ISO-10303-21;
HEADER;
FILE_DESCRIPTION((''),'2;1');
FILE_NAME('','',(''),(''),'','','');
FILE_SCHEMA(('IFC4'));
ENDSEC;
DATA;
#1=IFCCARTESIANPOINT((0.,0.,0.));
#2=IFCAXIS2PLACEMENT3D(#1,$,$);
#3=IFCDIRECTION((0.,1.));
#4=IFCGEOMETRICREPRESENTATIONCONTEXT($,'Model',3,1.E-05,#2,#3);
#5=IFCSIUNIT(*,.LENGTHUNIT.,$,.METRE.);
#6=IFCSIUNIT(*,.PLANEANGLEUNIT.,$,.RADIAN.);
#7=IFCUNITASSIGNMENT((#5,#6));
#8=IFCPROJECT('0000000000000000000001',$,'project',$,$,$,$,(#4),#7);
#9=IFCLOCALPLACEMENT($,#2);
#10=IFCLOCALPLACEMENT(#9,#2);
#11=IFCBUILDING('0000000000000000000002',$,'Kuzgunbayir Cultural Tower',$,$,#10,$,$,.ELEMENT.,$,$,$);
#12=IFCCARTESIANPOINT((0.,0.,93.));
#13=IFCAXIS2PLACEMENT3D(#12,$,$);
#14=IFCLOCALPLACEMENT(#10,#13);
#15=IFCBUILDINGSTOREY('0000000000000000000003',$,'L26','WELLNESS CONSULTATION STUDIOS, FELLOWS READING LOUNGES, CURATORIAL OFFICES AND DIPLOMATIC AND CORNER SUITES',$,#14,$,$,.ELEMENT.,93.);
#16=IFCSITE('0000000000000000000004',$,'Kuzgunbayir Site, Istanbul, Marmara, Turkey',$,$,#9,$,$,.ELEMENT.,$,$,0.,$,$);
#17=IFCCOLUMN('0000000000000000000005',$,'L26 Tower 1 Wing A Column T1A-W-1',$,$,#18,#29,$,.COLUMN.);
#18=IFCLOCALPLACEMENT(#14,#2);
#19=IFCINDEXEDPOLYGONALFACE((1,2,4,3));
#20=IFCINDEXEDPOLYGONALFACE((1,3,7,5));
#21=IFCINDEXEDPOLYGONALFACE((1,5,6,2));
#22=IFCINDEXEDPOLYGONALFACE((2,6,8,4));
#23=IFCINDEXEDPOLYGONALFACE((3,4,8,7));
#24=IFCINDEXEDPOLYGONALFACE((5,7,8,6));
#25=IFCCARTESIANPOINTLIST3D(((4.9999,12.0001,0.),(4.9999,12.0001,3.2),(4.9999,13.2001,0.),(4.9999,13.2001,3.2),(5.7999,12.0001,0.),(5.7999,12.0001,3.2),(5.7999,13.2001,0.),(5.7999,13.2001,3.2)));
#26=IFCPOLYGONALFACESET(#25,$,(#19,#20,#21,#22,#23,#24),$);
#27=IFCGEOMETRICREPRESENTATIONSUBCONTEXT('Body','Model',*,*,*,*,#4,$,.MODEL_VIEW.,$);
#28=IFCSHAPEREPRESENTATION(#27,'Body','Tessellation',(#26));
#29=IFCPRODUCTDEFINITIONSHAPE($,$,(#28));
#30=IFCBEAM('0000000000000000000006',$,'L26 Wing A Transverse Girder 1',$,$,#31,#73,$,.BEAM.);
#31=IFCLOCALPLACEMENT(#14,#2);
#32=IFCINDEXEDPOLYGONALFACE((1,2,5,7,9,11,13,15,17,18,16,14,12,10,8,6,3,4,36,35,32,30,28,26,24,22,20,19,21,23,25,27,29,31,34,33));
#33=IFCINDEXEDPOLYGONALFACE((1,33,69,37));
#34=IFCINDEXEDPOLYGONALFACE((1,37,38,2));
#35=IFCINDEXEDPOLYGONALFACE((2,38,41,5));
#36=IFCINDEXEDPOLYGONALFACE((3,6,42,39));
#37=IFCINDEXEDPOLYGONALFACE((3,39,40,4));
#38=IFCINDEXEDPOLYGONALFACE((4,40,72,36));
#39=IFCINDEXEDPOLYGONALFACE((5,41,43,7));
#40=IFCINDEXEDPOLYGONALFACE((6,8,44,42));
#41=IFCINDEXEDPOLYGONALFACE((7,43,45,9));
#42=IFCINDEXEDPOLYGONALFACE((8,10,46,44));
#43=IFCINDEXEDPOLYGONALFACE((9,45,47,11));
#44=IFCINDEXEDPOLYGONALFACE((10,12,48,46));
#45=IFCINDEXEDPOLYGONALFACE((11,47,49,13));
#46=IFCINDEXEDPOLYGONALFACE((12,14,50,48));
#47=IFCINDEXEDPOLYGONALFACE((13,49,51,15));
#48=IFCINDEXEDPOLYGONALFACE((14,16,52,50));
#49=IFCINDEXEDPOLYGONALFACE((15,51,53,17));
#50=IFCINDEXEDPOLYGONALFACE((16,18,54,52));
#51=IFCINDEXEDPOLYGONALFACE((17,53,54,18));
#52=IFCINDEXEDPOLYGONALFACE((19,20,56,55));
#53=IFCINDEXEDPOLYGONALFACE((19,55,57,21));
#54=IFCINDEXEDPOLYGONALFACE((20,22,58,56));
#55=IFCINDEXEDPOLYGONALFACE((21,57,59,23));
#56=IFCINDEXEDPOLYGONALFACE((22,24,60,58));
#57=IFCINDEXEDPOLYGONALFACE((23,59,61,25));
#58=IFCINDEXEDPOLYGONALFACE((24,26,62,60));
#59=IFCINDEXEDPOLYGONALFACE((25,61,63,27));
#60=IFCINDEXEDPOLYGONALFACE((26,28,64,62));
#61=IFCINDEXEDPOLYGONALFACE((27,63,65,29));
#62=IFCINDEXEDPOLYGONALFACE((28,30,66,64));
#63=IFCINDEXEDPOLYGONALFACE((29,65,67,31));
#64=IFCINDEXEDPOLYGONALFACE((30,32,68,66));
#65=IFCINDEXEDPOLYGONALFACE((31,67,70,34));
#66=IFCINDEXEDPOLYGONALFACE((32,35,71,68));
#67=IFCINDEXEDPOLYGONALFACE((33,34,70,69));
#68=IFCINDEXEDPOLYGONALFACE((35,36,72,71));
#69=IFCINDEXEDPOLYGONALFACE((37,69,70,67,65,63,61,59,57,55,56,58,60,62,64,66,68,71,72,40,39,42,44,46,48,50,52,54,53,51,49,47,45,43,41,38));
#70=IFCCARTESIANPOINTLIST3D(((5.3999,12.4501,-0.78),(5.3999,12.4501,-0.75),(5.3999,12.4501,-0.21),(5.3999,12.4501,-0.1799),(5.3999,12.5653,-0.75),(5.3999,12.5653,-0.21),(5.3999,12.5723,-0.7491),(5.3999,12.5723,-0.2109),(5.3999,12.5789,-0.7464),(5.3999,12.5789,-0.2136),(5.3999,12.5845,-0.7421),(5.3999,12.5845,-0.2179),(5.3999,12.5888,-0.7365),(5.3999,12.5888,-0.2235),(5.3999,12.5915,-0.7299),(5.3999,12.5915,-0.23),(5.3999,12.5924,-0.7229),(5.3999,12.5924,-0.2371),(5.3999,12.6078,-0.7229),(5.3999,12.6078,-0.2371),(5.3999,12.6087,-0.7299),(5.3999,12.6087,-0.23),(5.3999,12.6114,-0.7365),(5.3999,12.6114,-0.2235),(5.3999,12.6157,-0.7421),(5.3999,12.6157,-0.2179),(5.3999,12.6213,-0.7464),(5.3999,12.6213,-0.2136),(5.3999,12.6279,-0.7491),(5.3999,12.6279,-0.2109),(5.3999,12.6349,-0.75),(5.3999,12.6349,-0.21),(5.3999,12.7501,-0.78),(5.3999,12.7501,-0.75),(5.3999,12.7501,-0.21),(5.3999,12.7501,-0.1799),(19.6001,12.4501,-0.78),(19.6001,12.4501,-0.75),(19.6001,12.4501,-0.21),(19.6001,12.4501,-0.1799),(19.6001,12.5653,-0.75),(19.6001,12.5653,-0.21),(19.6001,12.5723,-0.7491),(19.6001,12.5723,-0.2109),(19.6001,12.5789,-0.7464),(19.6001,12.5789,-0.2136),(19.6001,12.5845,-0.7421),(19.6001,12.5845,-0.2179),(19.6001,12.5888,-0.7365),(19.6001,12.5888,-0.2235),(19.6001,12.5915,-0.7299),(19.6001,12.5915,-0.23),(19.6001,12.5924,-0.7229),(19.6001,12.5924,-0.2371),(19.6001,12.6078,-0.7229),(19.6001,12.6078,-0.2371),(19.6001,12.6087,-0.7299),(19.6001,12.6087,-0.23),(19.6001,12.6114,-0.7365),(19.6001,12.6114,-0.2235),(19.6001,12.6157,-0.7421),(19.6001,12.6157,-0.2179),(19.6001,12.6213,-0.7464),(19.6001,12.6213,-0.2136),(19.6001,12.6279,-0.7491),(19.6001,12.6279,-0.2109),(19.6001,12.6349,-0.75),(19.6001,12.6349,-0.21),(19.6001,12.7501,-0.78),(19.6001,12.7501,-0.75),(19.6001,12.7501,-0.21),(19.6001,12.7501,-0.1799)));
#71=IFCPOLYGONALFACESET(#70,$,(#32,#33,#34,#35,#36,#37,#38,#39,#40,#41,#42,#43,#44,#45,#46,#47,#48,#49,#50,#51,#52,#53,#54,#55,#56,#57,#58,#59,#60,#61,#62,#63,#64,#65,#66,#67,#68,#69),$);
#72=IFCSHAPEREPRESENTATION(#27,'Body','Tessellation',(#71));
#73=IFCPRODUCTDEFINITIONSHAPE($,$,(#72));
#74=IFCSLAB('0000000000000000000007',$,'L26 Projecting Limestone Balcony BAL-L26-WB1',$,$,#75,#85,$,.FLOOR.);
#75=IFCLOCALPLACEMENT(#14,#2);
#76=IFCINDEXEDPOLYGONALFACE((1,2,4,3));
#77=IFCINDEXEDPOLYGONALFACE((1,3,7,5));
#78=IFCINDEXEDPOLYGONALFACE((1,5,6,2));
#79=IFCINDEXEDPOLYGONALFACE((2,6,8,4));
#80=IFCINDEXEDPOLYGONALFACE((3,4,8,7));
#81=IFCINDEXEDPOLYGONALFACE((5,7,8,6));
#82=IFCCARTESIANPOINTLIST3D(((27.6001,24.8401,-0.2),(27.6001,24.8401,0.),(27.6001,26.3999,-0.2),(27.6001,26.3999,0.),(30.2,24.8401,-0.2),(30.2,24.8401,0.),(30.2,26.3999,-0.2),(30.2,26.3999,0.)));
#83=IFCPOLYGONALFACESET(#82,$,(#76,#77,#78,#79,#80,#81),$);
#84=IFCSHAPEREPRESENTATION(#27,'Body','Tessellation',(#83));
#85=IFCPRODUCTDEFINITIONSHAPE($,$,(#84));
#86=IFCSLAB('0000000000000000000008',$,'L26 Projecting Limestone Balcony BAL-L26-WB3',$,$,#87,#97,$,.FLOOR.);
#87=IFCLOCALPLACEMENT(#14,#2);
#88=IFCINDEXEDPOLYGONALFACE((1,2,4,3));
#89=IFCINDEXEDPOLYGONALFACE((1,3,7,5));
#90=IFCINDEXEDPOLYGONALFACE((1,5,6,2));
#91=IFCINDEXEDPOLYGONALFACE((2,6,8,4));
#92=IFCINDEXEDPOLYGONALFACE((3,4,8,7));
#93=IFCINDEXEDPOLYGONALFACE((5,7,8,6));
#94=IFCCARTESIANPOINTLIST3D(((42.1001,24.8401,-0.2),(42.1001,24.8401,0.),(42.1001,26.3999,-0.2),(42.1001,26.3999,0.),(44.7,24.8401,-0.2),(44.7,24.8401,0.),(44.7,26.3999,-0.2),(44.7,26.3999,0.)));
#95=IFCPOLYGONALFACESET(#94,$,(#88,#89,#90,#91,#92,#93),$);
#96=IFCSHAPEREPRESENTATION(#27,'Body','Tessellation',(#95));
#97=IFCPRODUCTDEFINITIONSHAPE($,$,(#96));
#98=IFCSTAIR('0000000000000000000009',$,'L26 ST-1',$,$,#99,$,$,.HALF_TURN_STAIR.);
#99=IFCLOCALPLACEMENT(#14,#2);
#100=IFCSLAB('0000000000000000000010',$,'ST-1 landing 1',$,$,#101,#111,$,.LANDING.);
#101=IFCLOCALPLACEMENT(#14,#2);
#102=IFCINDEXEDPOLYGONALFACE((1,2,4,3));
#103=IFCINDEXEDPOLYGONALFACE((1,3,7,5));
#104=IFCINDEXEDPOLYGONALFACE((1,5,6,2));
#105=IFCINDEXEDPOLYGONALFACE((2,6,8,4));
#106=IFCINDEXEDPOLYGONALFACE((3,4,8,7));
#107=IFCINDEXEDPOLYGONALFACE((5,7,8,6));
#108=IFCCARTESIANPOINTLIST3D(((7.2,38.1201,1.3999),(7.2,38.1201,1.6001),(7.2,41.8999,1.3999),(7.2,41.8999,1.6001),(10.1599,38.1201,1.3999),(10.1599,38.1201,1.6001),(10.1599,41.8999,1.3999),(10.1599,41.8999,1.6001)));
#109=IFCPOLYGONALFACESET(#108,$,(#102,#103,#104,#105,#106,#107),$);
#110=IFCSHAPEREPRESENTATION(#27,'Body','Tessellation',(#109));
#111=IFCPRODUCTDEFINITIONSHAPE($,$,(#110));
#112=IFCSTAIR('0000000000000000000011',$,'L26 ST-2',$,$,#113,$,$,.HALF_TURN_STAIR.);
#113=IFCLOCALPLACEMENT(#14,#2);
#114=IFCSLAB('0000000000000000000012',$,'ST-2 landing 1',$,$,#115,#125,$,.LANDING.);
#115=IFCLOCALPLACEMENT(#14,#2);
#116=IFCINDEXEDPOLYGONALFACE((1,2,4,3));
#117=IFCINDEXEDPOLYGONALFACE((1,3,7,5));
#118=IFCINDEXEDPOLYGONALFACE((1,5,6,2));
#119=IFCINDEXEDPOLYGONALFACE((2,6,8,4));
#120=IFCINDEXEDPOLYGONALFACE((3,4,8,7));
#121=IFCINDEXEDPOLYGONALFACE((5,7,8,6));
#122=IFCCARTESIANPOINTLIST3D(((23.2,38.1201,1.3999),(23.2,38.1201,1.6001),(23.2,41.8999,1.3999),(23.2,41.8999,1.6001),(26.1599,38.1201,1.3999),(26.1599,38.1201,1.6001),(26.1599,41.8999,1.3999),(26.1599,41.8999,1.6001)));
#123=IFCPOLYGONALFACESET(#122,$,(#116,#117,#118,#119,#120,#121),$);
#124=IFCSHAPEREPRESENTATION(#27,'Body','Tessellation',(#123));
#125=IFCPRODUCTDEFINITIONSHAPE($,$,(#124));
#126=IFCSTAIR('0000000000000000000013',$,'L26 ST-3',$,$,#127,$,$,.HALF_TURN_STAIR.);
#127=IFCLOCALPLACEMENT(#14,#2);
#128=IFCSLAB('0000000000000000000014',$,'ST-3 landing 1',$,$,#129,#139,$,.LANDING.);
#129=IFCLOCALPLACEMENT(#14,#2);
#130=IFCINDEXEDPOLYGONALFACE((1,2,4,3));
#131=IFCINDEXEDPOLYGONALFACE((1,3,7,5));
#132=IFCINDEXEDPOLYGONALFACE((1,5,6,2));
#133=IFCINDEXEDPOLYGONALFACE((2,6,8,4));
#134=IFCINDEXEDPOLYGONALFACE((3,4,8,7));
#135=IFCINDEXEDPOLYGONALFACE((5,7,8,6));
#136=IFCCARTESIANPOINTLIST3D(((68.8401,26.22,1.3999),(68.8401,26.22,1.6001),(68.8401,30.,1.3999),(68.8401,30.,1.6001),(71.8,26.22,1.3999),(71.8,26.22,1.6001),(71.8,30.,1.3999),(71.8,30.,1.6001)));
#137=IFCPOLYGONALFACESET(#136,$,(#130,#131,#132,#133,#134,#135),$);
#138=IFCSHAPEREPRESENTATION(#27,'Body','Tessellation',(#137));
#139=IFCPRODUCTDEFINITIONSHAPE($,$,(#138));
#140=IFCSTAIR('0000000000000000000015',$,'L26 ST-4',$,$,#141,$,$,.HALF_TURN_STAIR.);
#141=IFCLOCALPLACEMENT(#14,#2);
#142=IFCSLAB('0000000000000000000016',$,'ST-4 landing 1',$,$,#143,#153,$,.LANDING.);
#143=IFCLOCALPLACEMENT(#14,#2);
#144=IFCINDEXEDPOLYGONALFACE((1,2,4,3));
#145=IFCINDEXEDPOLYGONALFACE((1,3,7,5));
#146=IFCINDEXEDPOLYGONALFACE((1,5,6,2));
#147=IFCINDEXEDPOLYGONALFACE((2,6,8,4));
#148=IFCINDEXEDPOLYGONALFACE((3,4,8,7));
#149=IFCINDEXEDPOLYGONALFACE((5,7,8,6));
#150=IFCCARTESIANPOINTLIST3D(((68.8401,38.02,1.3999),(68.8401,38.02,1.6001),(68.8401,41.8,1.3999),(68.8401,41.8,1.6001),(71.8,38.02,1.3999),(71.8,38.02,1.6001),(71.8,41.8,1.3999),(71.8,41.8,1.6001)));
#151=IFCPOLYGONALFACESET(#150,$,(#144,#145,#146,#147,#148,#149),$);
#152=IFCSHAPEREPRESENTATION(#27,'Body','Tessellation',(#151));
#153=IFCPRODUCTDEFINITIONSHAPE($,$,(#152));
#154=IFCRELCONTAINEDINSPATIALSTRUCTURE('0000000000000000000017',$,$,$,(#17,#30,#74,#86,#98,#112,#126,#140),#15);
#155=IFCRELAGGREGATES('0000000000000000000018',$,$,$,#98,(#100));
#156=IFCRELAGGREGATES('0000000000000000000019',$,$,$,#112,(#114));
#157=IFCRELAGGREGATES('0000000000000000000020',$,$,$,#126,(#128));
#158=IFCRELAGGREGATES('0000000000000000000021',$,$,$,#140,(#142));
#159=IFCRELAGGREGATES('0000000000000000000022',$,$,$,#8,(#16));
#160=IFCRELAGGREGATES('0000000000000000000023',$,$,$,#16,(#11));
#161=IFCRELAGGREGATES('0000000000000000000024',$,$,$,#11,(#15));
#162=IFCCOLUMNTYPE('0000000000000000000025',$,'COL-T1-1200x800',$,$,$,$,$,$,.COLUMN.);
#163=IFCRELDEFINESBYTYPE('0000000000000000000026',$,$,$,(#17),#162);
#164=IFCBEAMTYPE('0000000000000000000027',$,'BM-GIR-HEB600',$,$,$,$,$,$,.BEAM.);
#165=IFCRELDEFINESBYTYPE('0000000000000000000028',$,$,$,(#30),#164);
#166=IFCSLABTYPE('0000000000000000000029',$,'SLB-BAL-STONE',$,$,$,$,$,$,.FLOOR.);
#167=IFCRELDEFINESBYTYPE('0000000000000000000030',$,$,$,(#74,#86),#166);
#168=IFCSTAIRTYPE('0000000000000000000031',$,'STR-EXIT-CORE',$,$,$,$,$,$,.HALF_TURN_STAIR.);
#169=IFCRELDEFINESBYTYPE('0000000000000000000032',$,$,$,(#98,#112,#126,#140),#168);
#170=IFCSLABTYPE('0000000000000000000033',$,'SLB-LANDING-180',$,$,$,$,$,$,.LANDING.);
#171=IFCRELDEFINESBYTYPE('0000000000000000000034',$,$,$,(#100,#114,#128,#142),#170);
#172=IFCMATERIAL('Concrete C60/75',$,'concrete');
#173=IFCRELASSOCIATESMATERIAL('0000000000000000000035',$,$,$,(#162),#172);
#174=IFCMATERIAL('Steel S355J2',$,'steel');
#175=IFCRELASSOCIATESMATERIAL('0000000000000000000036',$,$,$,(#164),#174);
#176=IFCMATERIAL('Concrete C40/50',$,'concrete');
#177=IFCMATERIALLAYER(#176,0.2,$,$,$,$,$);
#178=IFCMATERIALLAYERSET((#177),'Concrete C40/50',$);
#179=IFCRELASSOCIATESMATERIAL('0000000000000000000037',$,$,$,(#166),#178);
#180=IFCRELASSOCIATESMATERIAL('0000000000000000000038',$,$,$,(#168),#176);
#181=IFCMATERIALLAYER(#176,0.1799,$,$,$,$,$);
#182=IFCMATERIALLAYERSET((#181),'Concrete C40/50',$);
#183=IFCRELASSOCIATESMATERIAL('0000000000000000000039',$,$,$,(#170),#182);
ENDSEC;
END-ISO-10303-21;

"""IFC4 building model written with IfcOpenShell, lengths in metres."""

from ifc_helpers import new_model, si_unit, direction, frame, origin, origin_2d, place, context, subcontext, project, spatial, polyline, rectangle, i_section, outline, extrude, material, layer, layer_set, material_profile, profile_set, type_object, element, aggregate, save


model = new_model("IFC4")

# Units and contexts
model_context = context("Model", 3, precision=1e-05, world=origin(), true_north=direction((0.0, 1.0)))
body_context = subcontext(model_context, "Body", "Model", "MODEL_VIEW")
ifc_project = project(units=[si_unit("LENGTHUNIT", "METRE"), si_unit("PLANEANGLEUNIT", "RADIAN")], contexts=[model_context])

# Site, building, storey
site_placement = place(None, origin())
site = spatial("IfcSite", under=ifc_project, at=site_placement, Name="Kuzgunbayir Site, Istanbul, Marmara, Turkey", CompositionType="ELEMENT", RefElevation=0.0)
building_placement = place(site_placement, origin())
building = spatial("IfcBuilding", under=site, at=building_placement, Name="Kuzgunbayir Cultural Tower", CompositionType="ELEMENT")
storey_placement = place(building_placement, frame((0.0, 0.0, 93.0)))
storey = spatial("IfcBuildingStorey", under=building, at=storey_placement, Name="L26", Description="WELLNESS CONSULTATION STUDIOS, FELLOWS READING LOUNGES, CURATORIAL OFFICES AND DIPLOMATIC AND CORNER SUITES", CompositionType="ELEMENT", Elevation=93.0)

# Column
ifc_material_1 = material(Name="Concrete C60/75", Category="concrete")
ifc_material_profile_1 = material_profile(ifc_material_1, rectangle(XDim=0.8, YDim=1.2, at=origin_2d()), Name="RC 1200x800")
ifc_profile_set_1 = profile_set([ifc_material_profile_1], Name="Concrete C60/75")
column_type = type_object("IfcColumnType", Name="COL-T1-1200x800", PredefinedType="COLUMN", material=ifc_profile_set_1)
column_placement = place(storey_placement, frame((5.3999, 12.6001, 0.0), z_axis=(0.0, 0.0, 1.0), x_axis=(1.0, 0.0, 0.0)))
element("IfcColumn", 1, at=column_placement, inside=storey, type_object=column_type, Name="L26 Tower 1 Wing A Column T1A-W-1", PredefinedType="COLUMN", context=body_context, shape_type="SweptSolid", body=[
    extrude(rectangle(XDim=0.8, YDim=1.2, at=origin_2d()), origin(), (0.0, 0.0, 1.0), 3.2),
])

# Beam
ifc_material_2 = material(Name="Steel S355J2", Category="steel")
ifc_material_profile_2 = material_profile(ifc_material_2, i_section(OverallWidth=0.3, OverallDepth=0.6001, WebThickness=0.0154, FlangeThickness=0.03, FilletRadius=0.0271, at=origin_2d()), Name="HEB 600")
ifc_profile_set_2 = profile_set([ifc_material_profile_2], Name="Steel S355J2")
beam_type = type_object("IfcBeamType", Name="BM-GIR-HEB600", PredefinedType="BEAM", material=ifc_profile_set_2)
beam_placement = place(storey_placement, frame((5.3999, 12.6001, -0.48), z_axis=(1.0, 0.0, 0.0), x_axis=(0.0, 1.0, 0.0)))
element("IfcBeam", 2, at=beam_placement, inside=storey, type_object=beam_type, Name="L26 Wing A Transverse Girder 1", PredefinedType="BEAM", context=body_context, shape_type="SweptSolid", body=[
    extrude(i_section(OverallWidth=0.3, OverallDepth=0.6001, WebThickness=0.0154, FlangeThickness=0.03, FilletRadius=0.0271, at=origin_2d()), origin(), (0.0, 0.0, 1.0), 14.2002),
])

# Slabs
ifc_material_3 = material(Name="Concrete C40/50", Category="concrete")
ifc_layer_1 = layer(ifc_material_3, 0.2)
ifc_layer_set_1 = layer_set([ifc_layer_1], Name="Concrete C40/50")
slab_type_1 = type_object("IfcSlabType", Name="SLB-BAL-STONE", PredefinedType="FLOOR", material=ifc_layer_set_1)
slab_1_placement = place(storey_placement, frame((0.0, 0.0, -0.2)))
element("IfcSlab", 3, at=slab_1_placement, inside=storey, type_object=slab_type_1, Name="L26 Projecting Limestone Balcony BAL-L26-WB1", PredefinedType="FLOOR", context=body_context, shape_type="SweptSolid", body=[
    extrude(outline(polyline([(27.6001, 24.8401), (30.2, 24.8401), (30.2, 26.3999), (27.6001, 26.3999), (27.6001, 24.8401)])), origin(), (0.0, 0.0, 1.0), 0.2),
])
slab_2_placement = place(storey_placement, frame((0.0, 0.0, -0.2)))
element("IfcSlab", 4, at=slab_2_placement, inside=storey, type_object=slab_type_1, Name="L26 Projecting Limestone Balcony BAL-L26-WB3", PredefinedType="FLOOR", context=body_context, shape_type="SweptSolid", body=[
    extrude(outline(polyline([(42.1001, 24.8401), (44.7, 24.8401), (44.7, 26.3999), (42.1001, 26.3999), (42.1001, 24.8401)])), origin(), (0.0, 0.0, 1.0), 0.2),
])

# Stairs, slabs
stair_type = type_object("IfcStairType", Name="STR-EXIT-CORE", PredefinedType="HALF_TURN_STAIR", material=ifc_material_3)
stair_1_placement = place(storey_placement, origin())
stair_1 = element("IfcStair", 5, at=stair_1_placement, inside=storey, type_object=stair_type, Name="L26 ST-1", PredefinedType="HALF_TURN_STAIR")
ifc_layer_2 = layer(ifc_material_3, 0.1799)
ifc_layer_set_2 = layer_set([ifc_layer_2], Name="Concrete C40/50")
slab_type_2 = type_object("IfcSlabType", Name="SLB-LANDING-180", PredefinedType="LANDING", material=ifc_layer_set_2)
slab_3_placement = place(storey_placement, frame((0.0, 0.0, 1.3999)))
slab_3 = element("IfcSlab", 6, at=slab_3_placement, type_object=slab_type_2, Name="ST-1 landing 1", PredefinedType="LANDING", context=body_context, shape_type="SweptSolid", body=[
    extrude(outline(polyline([(10.1599, 38.1201), (10.1599, 41.8999), (7.2, 41.8999), (7.2, 38.1201), (10.1599, 38.1201)])), origin(), (0.0, 0.0, 1.0), 0.2002),
])
aggregate(stair_1, [slab_3])
stair_2_placement = place(storey_placement, origin())
stair_2 = element("IfcStair", 7, at=stair_2_placement, inside=storey, type_object=stair_type, Name="L26 ST-2", PredefinedType="HALF_TURN_STAIR")
slab_4_placement = place(storey_placement, frame((0.0, 0.0, 1.3999)))
slab_4 = element("IfcSlab", 8, at=slab_4_placement, type_object=slab_type_2, Name="ST-2 landing 1", PredefinedType="LANDING", context=body_context, shape_type="SweptSolid", body=[
    extrude(outline(polyline([(26.1599, 38.1201), (26.1599, 41.8999), (23.2, 41.8999), (23.2, 38.1201), (26.1599, 38.1201)])), origin(), (0.0, 0.0, 1.0), 0.2002),
])
aggregate(stair_2, [slab_4])
stair_3_placement = place(storey_placement, origin())
stair_3 = element("IfcStair", 9, at=stair_3_placement, inside=storey, type_object=stair_type, Name="L26 ST-3", PredefinedType="HALF_TURN_STAIR")
slab_5_placement = place(storey_placement, frame((0.0, 0.0, 1.3999)))
slab_5 = element("IfcSlab", 10, at=slab_5_placement, type_object=slab_type_2, Name="ST-3 landing 1", PredefinedType="LANDING", context=body_context, shape_type="SweptSolid", body=[
    extrude(outline(polyline([(71.8, 26.22), (71.8, 30.0), (68.8401, 30.0), (68.8401, 26.22), (71.8, 26.22)])), origin(), (0.0, 0.0, 1.0), 0.2002),
])
aggregate(stair_3, [slab_5])
stair_4_placement = place(storey_placement, origin())
stair_4 = element("IfcStair", 11, at=stair_4_placement, inside=storey, type_object=stair_type, Name="L26 ST-4", PredefinedType="HALF_TURN_STAIR")
slab_6_placement = place(storey_placement, frame((0.0, 0.0, 1.3999)))
slab_6 = element("IfcSlab", 12, at=slab_6_placement, type_object=slab_type_2, Name="ST-4 landing 1", PredefinedType="LANDING", context=body_context, shape_type="SweptSolid", body=[
    extrude(outline(polyline([(71.8, 38.02), (71.8, 41.8), (68.8401, 41.8), (68.8401, 38.02), (71.8, 38.02)])), origin(), (0.0, 0.0, 1.0), 0.2002),
])
aggregate(stair_4, [slab_6])

save(model, "model.ifc")
